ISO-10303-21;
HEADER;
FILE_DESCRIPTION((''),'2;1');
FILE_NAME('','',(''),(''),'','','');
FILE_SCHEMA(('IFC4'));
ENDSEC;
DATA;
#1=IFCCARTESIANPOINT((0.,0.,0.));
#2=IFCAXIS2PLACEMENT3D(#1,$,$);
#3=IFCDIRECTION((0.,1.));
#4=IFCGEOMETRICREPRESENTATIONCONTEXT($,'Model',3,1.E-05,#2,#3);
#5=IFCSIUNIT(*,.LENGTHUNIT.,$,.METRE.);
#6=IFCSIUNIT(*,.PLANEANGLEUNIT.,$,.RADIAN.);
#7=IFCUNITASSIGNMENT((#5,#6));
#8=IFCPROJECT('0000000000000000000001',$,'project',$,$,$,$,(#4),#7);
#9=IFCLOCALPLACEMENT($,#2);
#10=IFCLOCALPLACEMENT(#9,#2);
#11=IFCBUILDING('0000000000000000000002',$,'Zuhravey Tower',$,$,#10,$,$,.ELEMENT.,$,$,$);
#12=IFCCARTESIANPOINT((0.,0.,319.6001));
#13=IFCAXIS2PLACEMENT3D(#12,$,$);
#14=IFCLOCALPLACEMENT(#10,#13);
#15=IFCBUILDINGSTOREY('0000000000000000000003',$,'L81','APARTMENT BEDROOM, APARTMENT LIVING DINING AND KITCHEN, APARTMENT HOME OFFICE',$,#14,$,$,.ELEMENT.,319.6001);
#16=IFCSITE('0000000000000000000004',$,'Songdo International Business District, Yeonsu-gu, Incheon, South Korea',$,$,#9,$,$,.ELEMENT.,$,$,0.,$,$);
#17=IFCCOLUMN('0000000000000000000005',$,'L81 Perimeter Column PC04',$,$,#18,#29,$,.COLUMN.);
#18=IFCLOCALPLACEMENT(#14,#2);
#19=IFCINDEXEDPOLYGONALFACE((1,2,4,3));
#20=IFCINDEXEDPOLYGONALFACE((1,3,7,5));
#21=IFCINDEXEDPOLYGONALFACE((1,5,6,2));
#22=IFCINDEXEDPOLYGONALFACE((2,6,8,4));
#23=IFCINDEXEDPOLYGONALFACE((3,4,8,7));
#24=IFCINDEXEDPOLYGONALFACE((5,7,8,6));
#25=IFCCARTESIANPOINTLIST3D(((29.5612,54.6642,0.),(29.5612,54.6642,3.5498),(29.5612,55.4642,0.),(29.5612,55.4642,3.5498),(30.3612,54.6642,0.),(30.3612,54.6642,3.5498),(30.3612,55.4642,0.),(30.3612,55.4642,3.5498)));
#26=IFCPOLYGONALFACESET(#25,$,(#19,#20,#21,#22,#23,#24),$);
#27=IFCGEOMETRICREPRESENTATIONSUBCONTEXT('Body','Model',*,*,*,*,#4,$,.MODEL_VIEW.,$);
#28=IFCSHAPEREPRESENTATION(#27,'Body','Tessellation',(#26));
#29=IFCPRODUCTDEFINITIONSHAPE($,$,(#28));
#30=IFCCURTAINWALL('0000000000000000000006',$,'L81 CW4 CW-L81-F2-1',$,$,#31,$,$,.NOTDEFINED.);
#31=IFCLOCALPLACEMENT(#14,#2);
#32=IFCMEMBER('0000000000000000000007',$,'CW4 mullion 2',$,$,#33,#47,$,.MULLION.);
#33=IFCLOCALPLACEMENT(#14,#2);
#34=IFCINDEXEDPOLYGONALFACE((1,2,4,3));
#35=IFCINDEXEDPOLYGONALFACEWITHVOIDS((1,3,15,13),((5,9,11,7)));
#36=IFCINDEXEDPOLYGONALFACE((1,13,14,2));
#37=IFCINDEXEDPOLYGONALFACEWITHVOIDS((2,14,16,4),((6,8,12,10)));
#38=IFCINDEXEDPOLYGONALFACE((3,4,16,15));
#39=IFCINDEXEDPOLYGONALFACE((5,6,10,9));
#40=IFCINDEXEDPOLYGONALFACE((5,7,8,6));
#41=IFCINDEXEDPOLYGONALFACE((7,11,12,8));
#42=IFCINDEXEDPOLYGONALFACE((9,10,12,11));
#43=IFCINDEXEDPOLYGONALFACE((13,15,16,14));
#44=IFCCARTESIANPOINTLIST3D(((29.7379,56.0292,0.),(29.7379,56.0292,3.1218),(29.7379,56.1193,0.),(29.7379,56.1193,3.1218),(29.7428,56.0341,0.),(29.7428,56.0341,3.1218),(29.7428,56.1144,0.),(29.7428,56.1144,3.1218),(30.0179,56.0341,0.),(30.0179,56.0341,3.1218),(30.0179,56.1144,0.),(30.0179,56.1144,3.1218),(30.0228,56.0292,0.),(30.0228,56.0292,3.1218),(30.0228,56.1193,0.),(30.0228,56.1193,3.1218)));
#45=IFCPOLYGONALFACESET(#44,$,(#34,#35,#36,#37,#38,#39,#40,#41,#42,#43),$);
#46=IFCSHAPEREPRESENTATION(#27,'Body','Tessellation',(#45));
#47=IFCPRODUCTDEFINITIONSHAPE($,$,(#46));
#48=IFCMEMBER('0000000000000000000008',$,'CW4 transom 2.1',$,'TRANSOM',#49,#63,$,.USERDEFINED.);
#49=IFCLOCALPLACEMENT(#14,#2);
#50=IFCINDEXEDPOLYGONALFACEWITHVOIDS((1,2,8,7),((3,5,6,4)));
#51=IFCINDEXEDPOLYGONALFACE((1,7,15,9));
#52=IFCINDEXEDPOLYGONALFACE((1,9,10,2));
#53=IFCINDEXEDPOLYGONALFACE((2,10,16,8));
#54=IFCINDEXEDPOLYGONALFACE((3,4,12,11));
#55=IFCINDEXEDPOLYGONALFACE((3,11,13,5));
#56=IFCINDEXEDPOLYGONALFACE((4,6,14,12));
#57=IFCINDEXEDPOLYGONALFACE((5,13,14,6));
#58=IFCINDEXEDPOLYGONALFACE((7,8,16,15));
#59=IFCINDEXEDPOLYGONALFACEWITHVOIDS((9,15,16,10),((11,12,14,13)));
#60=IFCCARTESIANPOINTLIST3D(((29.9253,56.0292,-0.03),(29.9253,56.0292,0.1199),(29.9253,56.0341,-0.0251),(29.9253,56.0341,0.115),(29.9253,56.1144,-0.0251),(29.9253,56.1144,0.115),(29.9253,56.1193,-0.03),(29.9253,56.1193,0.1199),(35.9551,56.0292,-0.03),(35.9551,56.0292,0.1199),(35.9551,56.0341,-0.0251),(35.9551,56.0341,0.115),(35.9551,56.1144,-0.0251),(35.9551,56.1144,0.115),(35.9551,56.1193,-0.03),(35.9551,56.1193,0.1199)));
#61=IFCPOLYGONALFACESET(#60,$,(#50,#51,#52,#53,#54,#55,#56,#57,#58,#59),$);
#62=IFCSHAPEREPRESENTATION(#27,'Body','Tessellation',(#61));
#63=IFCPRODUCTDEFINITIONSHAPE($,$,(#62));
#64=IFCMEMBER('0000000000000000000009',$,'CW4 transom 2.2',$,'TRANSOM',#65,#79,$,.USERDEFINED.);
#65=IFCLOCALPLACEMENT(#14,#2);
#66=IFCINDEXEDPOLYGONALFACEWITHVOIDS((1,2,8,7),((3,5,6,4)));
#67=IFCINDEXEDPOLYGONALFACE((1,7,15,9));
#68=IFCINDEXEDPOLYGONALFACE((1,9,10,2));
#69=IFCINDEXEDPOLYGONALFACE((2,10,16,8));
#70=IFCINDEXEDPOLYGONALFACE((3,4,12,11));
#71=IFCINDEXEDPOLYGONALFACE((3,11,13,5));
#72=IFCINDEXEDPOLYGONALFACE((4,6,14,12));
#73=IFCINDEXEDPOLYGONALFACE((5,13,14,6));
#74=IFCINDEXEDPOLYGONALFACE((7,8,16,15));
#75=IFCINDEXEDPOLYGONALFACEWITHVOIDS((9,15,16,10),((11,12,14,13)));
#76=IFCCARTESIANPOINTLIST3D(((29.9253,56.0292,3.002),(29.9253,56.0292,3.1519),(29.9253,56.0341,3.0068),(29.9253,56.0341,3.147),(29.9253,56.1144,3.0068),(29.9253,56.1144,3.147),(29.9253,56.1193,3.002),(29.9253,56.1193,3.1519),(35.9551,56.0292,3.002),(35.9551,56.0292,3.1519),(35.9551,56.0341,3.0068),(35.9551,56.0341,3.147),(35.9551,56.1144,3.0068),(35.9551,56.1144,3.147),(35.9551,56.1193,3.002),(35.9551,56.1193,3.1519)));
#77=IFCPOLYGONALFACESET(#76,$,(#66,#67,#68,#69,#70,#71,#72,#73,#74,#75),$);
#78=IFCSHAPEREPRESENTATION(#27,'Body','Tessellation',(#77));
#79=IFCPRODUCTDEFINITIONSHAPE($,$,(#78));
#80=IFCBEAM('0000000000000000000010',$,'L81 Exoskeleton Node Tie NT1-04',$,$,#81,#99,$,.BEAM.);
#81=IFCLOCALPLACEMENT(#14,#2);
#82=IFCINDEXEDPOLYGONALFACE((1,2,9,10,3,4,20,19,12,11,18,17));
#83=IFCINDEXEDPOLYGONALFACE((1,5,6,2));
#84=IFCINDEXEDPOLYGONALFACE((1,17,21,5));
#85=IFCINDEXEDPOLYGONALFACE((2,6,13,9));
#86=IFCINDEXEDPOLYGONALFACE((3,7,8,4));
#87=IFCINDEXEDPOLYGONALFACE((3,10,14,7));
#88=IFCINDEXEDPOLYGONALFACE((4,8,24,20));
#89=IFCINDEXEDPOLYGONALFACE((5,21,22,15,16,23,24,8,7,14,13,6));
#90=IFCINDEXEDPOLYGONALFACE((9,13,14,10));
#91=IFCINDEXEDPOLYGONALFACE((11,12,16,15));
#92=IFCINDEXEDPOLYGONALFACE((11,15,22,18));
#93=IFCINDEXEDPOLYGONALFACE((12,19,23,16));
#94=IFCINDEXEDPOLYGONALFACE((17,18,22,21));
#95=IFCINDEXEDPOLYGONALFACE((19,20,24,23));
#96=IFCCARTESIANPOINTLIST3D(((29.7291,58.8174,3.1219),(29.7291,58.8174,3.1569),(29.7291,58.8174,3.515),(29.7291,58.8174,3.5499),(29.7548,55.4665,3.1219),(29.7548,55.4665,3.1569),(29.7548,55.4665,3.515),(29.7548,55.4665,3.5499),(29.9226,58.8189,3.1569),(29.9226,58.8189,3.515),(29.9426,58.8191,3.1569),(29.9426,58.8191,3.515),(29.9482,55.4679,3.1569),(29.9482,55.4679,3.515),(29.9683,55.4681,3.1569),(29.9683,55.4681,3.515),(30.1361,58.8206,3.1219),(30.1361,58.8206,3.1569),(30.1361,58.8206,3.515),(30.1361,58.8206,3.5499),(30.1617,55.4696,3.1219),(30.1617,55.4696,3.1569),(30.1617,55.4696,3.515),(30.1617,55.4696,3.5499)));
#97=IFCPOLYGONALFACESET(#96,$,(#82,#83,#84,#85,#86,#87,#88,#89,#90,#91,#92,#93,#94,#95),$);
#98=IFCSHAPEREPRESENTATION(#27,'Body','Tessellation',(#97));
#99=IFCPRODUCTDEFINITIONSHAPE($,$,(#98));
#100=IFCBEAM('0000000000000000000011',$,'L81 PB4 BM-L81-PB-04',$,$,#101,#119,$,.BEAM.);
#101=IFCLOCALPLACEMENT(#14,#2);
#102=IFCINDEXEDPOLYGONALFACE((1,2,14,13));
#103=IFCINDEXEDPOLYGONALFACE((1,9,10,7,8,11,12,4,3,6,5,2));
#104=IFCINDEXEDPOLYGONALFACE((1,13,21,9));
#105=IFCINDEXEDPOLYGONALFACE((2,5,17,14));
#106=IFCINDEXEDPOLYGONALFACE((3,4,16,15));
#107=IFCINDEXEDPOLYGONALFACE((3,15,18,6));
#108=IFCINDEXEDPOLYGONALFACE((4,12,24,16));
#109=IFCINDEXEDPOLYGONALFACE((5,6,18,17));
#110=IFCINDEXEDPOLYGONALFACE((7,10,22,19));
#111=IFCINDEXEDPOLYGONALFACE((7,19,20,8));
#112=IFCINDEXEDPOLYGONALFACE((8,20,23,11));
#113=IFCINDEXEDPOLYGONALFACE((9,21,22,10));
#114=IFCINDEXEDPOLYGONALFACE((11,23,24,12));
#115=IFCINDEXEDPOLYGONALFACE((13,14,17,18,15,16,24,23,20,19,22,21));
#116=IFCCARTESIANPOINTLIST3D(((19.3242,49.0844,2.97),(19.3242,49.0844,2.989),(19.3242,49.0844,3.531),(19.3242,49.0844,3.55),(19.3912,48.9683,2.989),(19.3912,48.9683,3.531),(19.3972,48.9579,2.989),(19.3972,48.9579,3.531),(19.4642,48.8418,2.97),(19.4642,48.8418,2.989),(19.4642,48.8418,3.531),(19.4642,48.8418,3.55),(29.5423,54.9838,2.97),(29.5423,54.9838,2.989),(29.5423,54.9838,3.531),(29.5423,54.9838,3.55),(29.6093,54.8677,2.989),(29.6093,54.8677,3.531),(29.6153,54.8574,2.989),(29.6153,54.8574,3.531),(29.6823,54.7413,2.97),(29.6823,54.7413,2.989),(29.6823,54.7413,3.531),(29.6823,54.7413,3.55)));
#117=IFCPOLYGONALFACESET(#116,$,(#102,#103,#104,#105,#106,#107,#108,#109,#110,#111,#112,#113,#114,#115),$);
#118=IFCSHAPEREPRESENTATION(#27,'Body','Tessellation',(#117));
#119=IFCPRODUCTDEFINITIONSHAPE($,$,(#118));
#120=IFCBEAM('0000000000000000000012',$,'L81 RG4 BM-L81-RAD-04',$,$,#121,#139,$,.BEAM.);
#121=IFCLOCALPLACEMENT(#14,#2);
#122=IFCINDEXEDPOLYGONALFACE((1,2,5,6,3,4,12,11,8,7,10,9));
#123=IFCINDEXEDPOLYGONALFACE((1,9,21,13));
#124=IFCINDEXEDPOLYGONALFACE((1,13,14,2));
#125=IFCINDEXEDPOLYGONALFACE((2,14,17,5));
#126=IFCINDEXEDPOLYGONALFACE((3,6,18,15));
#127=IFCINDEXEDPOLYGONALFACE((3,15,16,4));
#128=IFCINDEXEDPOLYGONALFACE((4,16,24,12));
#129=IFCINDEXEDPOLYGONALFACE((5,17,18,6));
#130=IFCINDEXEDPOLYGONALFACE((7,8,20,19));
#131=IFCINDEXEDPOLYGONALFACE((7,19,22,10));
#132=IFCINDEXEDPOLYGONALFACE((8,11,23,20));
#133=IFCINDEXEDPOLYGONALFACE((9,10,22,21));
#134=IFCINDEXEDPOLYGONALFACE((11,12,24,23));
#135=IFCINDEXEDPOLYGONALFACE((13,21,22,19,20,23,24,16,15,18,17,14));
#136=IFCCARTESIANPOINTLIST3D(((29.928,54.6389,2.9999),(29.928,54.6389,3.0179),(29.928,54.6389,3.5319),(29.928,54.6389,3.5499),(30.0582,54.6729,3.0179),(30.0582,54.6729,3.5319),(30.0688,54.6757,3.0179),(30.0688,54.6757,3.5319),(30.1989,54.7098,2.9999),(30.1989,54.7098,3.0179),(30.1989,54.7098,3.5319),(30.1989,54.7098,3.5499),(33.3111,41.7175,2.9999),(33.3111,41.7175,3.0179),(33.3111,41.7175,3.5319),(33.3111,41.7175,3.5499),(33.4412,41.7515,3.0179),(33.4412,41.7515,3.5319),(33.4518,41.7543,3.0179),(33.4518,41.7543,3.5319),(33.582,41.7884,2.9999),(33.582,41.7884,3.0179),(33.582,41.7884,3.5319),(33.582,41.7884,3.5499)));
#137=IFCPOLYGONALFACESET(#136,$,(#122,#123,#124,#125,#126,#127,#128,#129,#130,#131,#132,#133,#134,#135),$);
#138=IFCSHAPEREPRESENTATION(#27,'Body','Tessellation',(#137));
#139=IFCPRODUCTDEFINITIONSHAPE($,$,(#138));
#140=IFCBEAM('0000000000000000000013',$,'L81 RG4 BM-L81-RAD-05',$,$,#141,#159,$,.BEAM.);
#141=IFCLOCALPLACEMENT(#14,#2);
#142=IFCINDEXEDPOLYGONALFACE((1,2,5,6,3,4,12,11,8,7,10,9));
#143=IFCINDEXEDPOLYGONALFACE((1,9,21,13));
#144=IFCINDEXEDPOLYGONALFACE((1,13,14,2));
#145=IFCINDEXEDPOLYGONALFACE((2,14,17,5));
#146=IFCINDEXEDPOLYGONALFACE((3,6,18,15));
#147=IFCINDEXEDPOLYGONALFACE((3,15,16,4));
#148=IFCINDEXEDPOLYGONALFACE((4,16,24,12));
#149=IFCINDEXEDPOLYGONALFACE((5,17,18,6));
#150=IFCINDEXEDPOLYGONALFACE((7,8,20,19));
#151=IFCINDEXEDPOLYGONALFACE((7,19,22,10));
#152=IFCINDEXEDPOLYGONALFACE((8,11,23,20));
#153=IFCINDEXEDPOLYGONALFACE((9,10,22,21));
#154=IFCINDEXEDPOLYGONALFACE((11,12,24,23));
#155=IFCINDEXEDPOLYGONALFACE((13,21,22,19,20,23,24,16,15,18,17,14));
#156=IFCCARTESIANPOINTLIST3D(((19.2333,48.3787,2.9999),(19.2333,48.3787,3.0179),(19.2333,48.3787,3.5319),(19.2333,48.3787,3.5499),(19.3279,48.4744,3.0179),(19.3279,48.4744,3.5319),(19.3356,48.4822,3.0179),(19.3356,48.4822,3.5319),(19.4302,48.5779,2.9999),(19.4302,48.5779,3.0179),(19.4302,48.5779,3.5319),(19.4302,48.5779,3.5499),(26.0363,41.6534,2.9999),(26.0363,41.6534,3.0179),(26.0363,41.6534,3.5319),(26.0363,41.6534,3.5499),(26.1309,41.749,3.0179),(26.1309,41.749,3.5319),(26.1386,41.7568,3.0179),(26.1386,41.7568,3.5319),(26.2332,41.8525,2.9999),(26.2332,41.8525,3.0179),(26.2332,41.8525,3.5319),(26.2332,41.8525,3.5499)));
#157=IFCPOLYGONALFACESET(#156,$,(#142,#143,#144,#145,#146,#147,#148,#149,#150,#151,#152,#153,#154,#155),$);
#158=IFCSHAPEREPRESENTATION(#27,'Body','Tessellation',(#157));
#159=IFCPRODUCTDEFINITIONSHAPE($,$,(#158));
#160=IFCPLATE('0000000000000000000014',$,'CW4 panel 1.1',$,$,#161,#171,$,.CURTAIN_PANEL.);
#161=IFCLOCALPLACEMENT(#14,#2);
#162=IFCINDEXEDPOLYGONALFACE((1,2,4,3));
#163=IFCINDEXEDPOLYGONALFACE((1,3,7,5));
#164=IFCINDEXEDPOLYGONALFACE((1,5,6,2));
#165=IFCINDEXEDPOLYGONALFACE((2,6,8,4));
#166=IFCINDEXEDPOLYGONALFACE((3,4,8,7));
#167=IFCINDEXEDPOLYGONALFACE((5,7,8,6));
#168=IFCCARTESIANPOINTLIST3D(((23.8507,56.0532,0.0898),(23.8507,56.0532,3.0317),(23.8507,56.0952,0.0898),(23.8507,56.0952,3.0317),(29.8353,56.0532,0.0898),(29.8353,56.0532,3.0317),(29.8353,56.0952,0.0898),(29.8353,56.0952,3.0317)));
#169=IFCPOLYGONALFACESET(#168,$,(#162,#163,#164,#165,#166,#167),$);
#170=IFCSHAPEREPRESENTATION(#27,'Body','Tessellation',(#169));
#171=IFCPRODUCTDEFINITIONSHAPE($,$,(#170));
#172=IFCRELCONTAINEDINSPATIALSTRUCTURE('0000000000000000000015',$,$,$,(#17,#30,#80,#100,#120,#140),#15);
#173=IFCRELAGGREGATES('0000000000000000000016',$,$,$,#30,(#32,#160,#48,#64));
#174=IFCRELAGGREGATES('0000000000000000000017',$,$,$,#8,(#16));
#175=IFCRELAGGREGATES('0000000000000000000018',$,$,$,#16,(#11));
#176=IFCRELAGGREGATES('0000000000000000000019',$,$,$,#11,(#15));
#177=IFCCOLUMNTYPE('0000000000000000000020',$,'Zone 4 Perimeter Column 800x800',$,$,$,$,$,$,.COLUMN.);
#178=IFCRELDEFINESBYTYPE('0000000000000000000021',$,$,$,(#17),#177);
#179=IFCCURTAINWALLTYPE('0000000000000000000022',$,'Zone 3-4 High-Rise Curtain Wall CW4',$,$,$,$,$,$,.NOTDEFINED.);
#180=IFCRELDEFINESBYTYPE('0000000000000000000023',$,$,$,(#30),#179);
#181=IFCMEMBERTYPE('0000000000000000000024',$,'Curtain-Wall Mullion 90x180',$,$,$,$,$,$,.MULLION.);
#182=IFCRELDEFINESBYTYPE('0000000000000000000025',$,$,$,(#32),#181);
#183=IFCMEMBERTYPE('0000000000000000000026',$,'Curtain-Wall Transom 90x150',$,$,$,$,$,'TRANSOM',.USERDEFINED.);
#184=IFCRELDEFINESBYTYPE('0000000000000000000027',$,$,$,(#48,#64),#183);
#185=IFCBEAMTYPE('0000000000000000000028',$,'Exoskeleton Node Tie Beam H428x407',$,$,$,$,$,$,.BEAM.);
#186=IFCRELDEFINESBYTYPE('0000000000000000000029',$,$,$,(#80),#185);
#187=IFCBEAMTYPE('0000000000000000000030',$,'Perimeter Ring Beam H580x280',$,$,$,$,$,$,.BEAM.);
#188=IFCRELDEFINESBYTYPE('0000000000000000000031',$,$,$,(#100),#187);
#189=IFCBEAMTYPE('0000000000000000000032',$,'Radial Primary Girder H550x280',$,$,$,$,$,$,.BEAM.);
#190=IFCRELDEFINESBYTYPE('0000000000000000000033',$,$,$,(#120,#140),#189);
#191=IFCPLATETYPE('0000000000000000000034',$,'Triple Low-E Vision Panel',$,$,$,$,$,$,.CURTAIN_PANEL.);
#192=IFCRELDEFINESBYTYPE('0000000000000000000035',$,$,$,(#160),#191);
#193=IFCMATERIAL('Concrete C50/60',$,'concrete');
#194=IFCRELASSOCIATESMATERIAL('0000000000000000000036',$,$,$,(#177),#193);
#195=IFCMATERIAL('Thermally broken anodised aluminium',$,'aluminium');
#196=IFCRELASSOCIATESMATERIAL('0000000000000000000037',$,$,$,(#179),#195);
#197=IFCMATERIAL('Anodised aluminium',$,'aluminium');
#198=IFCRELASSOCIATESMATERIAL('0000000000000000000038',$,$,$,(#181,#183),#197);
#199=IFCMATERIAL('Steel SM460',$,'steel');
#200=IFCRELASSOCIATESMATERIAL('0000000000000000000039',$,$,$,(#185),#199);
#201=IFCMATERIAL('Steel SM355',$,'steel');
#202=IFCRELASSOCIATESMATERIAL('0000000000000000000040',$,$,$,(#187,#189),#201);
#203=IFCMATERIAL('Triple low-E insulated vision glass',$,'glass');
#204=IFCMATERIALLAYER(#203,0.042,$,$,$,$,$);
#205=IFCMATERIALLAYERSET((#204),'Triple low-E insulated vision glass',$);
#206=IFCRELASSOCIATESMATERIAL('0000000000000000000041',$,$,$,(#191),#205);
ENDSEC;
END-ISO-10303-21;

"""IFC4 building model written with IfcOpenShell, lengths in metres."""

from ifc_helpers import new_model, si_unit, direction, frame, origin, origin_2d, place, context, subcontext, project, spatial, rectangle, hollow_rectangle, i_section, extrude, material, layer, layer_set, material_profile, profile_set, type_object, element, aggregate, save


model = new_model("IFC4")

# Units and contexts
model_context = context("Model", 3, precision=1e-05, world=origin(), true_north=direction((0.0, 1.0)))
body_context = subcontext(model_context, "Body", "Model", "MODEL_VIEW")
ifc_project = project(units=[si_unit("LENGTHUNIT", "METRE"), si_unit("PLANEANGLEUNIT", "RADIAN")], contexts=[model_context])

# Site, building, storey
site_placement = place(None, origin())
site = spatial("IfcSite", under=ifc_project, at=site_placement, Name="Songdo International Business District, Yeonsu-gu, Incheon, South Korea", CompositionType="ELEMENT", RefElevation=0.0)
building_placement = place(site_placement, origin())
building = spatial("IfcBuilding", under=site, at=building_placement, Name="Zuhravey Tower", CompositionType="ELEMENT")
storey_placement = place(building_placement, frame((0.0, 0.0, 319.6001)))
storey = spatial("IfcBuildingStorey", under=building, at=storey_placement, Name="L81", Description="APARTMENT BEDROOM, APARTMENT LIVING DINING AND KITCHEN, APARTMENT HOME OFFICE", CompositionType="ELEMENT", Elevation=319.6001)

# Column
ifc_material_1 = material(Name="Concrete C50/60", Category="concrete")
ifc_material_profile_1 = material_profile(ifc_material_1, rectangle(XDim=0.8, YDim=0.8, at=origin_2d()), Name="RC-800x800")
ifc_profile_set_1 = profile_set([ifc_material_profile_1], Name="Concrete C50/60")
column_type = type_object("IfcColumnType", Name="Zone 4 Perimeter Column 800x800", PredefinedType="COLUMN", material=ifc_profile_set_1)
column_placement = place(storey_placement, frame((29.9612, 55.0642, 0.0), z_axis=(0.0, 0.0, 1.0), x_axis=(-1.0, 0.0, 0.0)))
element("IfcColumn", 1, at=column_placement, inside=storey, type_object=column_type, Name="L81 Perimeter Column PC04", PredefinedType="COLUMN", context=body_context, shape_type="SweptSolid", body=[
    extrude(rectangle(XDim=0.8, YDim=0.8, at=origin_2d()), origin(), (0.0, 0.0, 1.0), 3.5498),
])

# Curtain wall, members
ifc_material_2 = material(Name="Thermally broken anodised aluminium", Category="aluminium")
curtain_wall_type = type_object("IfcCurtainWallType", Name="Zone 3-4 High-Rise Curtain Wall CW4", PredefinedType="NOTDEFINED", material=ifc_material_2)
curtain_wall_placement = place(storey_placement, origin())
curtain_wall = element("IfcCurtainWall", 2, at=curtain_wall_placement, inside=storey, type_object=curtain_wall_type, Name="L81 CW4 CW-L81-F2-1", PredefinedType="NOTDEFINED")
ifc_material_3 = material(Name="Anodised aluminium", Category="aluminium")
ifc_material_profile_2 = material_profile(ifc_material_3, hollow_rectangle(XDim=0.0901, YDim=0.2849, WallThickness=0.0049, at=origin_2d()), Name="ALU-RHS-90x285x5")
ifc_profile_set_2 = profile_set([ifc_material_profile_2], Name="Anodised aluminium")
member_type_1 = type_object("IfcMemberType", Name="Curtain-Wall Mullion 90x180", PredefinedType="MULLION", material=ifc_profile_set_2)
member_1_placement = place(storey_placement, frame((29.8804, 56.0742, 0.0), z_axis=(0.0, 0.0, 1.0), x_axis=(0.0, 1.0, 0.0)))
member_1 = element("IfcMember", 3, at=member_1_placement, type_object=member_type_1, Name="CW4 mullion 2", PredefinedType="MULLION", context=body_context, shape_type="SweptSolid", body=[
    extrude(hollow_rectangle(XDim=0.0901, YDim=0.2849, WallThickness=0.0049, at=origin_2d()), origin(), (0.0, 0.0, 1.0), 3.1218),
])
ifc_material_profile_3 = material_profile(ifc_material_3, hollow_rectangle(XDim=0.0901, YDim=0.1499, WallThickness=0.0049, at=origin_2d()), Name="ALU-RHS-90x150x5")
ifc_profile_set_3 = profile_set([ifc_material_profile_3], Name="Anodised aluminium")
member_type_2 = type_object("IfcMemberType", Name="Curtain-Wall Transom 90x150", ElementType="TRANSOM", PredefinedType="USERDEFINED", material=ifc_profile_set_3)
member_2_placement = place(storey_placement, frame((29.9253, 56.0742, 0.0449), z_axis=(1.0, 0.0, 0.0), x_axis=(0.0, 1.0, 0.0)))
member_2 = element("IfcMember", 4, at=member_2_placement, type_object=member_type_2, Name="CW4 transom 2.1", ObjectType="TRANSOM", PredefinedType="USERDEFINED", context=body_context, shape_type="SweptSolid", body=[
    extrude(hollow_rectangle(XDim=0.0901, YDim=0.1499, WallThickness=0.0049, at=origin_2d()), origin(), (0.0, 0.0, 1.0), 6.0298),
])
member_3_placement = place(storey_placement, frame((29.9253, 56.0742, 3.0769), z_axis=(1.0, 0.0, 0.0), x_axis=(0.0, 1.0, 0.0)))
member_3 = element("IfcMember", 5, at=member_3_placement, type_object=member_type_2, Name="CW4 transom 2.2", ObjectType="TRANSOM", PredefinedType="USERDEFINED", context=body_context, shape_type="SweptSolid", body=[
    extrude(hollow_rectangle(XDim=0.0901, YDim=0.1499, WallThickness=0.0049, at=origin_2d()), origin(), (0.0, 0.0, 1.0), 6.0298),
])

# Beams
ifc_material_4 = material(Name="Steel SM460", Category="steel")
ifc_material_profile_4 = material_profile(ifc_material_4, i_section(OverallWidth=0.407, OverallDepth=0.428, WebThickness=0.02, FlangeThickness=0.0349, at=origin_2d()), Name="H-428x407x20x35")
ifc_profile_set_4 = profile_set([ifc_material_profile_4], Name="Steel SM460")
beam_type_1 = type_object("IfcBeamType", Name="Exoskeleton Node Tie Beam H428x407", PredefinedType="BEAM", material=ifc_profile_set_4)
beam_1_placement = place(storey_placement, frame((29.9583, 55.468, 3.3359), z_axis=(-0.007649, 0.999971, 0.0), x_axis=(-0.999971, -0.007649, 0.0)))
element("IfcBeam", 6, at=beam_1_placement, inside=storey, type_object=beam_type_1, Name="L81 Exoskeleton Node Tie NT1-04", PredefinedType="BEAM", context=body_context, shape_type="SweptSolid", body=[
    extrude(i_section(OverallWidth=0.407, OverallDepth=0.428, WebThickness=0.02, FlangeThickness=0.0349, at=origin_2d()), origin(), (0.0, 0.0, 1.0), 3.3511),
])
ifc_material_5 = material(Name="Steel SM355", Category="steel")
ifc_material_profile_5 = material_profile(ifc_material_5, i_section(OverallWidth=0.28, OverallDepth=0.5801, WebThickness=0.012, FlangeThickness=0.019, at=origin_2d()), Name="H-580x280x12x19")
ifc_profile_set_5 = profile_set([ifc_material_profile_5], Name="Steel SM355")
beam_type_2 = type_object("IfcBeamType", Name="Perimeter Ring Beam H580x280", PredefinedType="BEAM", material=ifc_profile_set_5)
beam_2_placement = place(storey_placement, frame((29.6123, 54.8625, 3.26), z_axis=(-0.866024, -0.500002, 0.0), x_axis=(0.500002, -0.866024, 0.0)))
element("IfcBeam", 7, at=beam_2_placement, inside=storey, type_object=beam_type_2, Name="L81 PB4 BM-L81-PB-04", PredefinedType="BEAM", context=body_context, shape_type="SweptSolid", body=[
    extrude(i_section(OverallWidth=0.28, OverallDepth=0.5801, WebThickness=0.012, FlangeThickness=0.019, at=origin_2d()), origin(), (0.0, 0.0, 1.0), 11.7988),
])
ifc_material_profile_6 = material_profile(ifc_material_5, i_section(OverallWidth=0.28, OverallDepth=0.55, WebThickness=0.011, FlangeThickness=0.0181, at=origin_2d()), Name="H-550x280x11x18")
ifc_profile_set_6 = profile_set([ifc_material_profile_6], Name="Steel SM355")
beam_type_3 = type_object("IfcBeamType", Name="Radial Primary Girder H550x280", PredefinedType="BEAM", material=ifc_profile_set_6)
beam_3_placement = place(storey_placement, frame((33.4465, 41.7529, 3.2749), z_axis=(-0.253281, 0.967393, 0.0), x_axis=(-0.967393, -0.253281, 0.0)))
element("IfcBeam", 8, at=beam_3_placement, inside=storey, type_object=beam_type_3, Name="L81 RG4 BM-L81-RAD-04", PredefinedType="BEAM", context=body_context, shape_type="SweptSolid", body=[
    extrude(i_section(OverallWidth=0.28, OverallDepth=0.55, WebThickness=0.011, FlangeThickness=0.0181, at=origin_2d()), origin(), (0.0, 0.0, 1.0), 13.3569),
])
beam_4_placement = place(storey_placement, frame((26.1348, 41.7529, 3.2749), z_axis=(-0.711153, 0.703037, 0.0), x_axis=(-0.703037, -0.711153, 0.0)))
element("IfcBeam", 9, at=beam_4_placement, inside=storey, type_object=beam_type_3, Name="L81 RG4 BM-L81-RAD-05", PredefinedType="BEAM", context=body_context, shape_type="SweptSolid", body=[
    extrude(i_section(OverallWidth=0.28, OverallDepth=0.55, WebThickness=0.011, FlangeThickness=0.0181, at=origin_2d()), origin(), (0.0, 0.0, 1.0), 9.5662),
])

# Plate
ifc_material_6 = material(Name="Triple low-E insulated vision glass", Category="glass")
ifc_layer_1 = layer(ifc_material_6, 0.042)
ifc_layer_set_1 = layer_set([ifc_layer_1], Name="Triple low-E insulated vision glass")
plate_type = type_object("IfcPlateType", Name="Triple Low-E Vision Panel", PredefinedType="CURTAIN_PANEL", material=ifc_layer_set_1)
plate_1_placement = place(storey_placement, frame((26.843, 56.0742, 0.0898), z_axis=(0.0, 0.0, 1.0), x_axis=(1.0, 0.0, 0.0)))
plate_1 = element("IfcPlate", 10, at=plate_1_placement, type_object=plate_type, Name="CW4 panel 1.1", PredefinedType="CURTAIN_PANEL", context=body_context, shape_type="SweptSolid", body=[
    extrude(rectangle(XDim=5.9846, YDim=0.042, at=origin_2d()), origin(), (0.0, 0.0, 1.0), 2.9419),
])
aggregate(curtain_wall, [member_1, plate_1, member_2, member_3])

save(model, "model.ifc")
